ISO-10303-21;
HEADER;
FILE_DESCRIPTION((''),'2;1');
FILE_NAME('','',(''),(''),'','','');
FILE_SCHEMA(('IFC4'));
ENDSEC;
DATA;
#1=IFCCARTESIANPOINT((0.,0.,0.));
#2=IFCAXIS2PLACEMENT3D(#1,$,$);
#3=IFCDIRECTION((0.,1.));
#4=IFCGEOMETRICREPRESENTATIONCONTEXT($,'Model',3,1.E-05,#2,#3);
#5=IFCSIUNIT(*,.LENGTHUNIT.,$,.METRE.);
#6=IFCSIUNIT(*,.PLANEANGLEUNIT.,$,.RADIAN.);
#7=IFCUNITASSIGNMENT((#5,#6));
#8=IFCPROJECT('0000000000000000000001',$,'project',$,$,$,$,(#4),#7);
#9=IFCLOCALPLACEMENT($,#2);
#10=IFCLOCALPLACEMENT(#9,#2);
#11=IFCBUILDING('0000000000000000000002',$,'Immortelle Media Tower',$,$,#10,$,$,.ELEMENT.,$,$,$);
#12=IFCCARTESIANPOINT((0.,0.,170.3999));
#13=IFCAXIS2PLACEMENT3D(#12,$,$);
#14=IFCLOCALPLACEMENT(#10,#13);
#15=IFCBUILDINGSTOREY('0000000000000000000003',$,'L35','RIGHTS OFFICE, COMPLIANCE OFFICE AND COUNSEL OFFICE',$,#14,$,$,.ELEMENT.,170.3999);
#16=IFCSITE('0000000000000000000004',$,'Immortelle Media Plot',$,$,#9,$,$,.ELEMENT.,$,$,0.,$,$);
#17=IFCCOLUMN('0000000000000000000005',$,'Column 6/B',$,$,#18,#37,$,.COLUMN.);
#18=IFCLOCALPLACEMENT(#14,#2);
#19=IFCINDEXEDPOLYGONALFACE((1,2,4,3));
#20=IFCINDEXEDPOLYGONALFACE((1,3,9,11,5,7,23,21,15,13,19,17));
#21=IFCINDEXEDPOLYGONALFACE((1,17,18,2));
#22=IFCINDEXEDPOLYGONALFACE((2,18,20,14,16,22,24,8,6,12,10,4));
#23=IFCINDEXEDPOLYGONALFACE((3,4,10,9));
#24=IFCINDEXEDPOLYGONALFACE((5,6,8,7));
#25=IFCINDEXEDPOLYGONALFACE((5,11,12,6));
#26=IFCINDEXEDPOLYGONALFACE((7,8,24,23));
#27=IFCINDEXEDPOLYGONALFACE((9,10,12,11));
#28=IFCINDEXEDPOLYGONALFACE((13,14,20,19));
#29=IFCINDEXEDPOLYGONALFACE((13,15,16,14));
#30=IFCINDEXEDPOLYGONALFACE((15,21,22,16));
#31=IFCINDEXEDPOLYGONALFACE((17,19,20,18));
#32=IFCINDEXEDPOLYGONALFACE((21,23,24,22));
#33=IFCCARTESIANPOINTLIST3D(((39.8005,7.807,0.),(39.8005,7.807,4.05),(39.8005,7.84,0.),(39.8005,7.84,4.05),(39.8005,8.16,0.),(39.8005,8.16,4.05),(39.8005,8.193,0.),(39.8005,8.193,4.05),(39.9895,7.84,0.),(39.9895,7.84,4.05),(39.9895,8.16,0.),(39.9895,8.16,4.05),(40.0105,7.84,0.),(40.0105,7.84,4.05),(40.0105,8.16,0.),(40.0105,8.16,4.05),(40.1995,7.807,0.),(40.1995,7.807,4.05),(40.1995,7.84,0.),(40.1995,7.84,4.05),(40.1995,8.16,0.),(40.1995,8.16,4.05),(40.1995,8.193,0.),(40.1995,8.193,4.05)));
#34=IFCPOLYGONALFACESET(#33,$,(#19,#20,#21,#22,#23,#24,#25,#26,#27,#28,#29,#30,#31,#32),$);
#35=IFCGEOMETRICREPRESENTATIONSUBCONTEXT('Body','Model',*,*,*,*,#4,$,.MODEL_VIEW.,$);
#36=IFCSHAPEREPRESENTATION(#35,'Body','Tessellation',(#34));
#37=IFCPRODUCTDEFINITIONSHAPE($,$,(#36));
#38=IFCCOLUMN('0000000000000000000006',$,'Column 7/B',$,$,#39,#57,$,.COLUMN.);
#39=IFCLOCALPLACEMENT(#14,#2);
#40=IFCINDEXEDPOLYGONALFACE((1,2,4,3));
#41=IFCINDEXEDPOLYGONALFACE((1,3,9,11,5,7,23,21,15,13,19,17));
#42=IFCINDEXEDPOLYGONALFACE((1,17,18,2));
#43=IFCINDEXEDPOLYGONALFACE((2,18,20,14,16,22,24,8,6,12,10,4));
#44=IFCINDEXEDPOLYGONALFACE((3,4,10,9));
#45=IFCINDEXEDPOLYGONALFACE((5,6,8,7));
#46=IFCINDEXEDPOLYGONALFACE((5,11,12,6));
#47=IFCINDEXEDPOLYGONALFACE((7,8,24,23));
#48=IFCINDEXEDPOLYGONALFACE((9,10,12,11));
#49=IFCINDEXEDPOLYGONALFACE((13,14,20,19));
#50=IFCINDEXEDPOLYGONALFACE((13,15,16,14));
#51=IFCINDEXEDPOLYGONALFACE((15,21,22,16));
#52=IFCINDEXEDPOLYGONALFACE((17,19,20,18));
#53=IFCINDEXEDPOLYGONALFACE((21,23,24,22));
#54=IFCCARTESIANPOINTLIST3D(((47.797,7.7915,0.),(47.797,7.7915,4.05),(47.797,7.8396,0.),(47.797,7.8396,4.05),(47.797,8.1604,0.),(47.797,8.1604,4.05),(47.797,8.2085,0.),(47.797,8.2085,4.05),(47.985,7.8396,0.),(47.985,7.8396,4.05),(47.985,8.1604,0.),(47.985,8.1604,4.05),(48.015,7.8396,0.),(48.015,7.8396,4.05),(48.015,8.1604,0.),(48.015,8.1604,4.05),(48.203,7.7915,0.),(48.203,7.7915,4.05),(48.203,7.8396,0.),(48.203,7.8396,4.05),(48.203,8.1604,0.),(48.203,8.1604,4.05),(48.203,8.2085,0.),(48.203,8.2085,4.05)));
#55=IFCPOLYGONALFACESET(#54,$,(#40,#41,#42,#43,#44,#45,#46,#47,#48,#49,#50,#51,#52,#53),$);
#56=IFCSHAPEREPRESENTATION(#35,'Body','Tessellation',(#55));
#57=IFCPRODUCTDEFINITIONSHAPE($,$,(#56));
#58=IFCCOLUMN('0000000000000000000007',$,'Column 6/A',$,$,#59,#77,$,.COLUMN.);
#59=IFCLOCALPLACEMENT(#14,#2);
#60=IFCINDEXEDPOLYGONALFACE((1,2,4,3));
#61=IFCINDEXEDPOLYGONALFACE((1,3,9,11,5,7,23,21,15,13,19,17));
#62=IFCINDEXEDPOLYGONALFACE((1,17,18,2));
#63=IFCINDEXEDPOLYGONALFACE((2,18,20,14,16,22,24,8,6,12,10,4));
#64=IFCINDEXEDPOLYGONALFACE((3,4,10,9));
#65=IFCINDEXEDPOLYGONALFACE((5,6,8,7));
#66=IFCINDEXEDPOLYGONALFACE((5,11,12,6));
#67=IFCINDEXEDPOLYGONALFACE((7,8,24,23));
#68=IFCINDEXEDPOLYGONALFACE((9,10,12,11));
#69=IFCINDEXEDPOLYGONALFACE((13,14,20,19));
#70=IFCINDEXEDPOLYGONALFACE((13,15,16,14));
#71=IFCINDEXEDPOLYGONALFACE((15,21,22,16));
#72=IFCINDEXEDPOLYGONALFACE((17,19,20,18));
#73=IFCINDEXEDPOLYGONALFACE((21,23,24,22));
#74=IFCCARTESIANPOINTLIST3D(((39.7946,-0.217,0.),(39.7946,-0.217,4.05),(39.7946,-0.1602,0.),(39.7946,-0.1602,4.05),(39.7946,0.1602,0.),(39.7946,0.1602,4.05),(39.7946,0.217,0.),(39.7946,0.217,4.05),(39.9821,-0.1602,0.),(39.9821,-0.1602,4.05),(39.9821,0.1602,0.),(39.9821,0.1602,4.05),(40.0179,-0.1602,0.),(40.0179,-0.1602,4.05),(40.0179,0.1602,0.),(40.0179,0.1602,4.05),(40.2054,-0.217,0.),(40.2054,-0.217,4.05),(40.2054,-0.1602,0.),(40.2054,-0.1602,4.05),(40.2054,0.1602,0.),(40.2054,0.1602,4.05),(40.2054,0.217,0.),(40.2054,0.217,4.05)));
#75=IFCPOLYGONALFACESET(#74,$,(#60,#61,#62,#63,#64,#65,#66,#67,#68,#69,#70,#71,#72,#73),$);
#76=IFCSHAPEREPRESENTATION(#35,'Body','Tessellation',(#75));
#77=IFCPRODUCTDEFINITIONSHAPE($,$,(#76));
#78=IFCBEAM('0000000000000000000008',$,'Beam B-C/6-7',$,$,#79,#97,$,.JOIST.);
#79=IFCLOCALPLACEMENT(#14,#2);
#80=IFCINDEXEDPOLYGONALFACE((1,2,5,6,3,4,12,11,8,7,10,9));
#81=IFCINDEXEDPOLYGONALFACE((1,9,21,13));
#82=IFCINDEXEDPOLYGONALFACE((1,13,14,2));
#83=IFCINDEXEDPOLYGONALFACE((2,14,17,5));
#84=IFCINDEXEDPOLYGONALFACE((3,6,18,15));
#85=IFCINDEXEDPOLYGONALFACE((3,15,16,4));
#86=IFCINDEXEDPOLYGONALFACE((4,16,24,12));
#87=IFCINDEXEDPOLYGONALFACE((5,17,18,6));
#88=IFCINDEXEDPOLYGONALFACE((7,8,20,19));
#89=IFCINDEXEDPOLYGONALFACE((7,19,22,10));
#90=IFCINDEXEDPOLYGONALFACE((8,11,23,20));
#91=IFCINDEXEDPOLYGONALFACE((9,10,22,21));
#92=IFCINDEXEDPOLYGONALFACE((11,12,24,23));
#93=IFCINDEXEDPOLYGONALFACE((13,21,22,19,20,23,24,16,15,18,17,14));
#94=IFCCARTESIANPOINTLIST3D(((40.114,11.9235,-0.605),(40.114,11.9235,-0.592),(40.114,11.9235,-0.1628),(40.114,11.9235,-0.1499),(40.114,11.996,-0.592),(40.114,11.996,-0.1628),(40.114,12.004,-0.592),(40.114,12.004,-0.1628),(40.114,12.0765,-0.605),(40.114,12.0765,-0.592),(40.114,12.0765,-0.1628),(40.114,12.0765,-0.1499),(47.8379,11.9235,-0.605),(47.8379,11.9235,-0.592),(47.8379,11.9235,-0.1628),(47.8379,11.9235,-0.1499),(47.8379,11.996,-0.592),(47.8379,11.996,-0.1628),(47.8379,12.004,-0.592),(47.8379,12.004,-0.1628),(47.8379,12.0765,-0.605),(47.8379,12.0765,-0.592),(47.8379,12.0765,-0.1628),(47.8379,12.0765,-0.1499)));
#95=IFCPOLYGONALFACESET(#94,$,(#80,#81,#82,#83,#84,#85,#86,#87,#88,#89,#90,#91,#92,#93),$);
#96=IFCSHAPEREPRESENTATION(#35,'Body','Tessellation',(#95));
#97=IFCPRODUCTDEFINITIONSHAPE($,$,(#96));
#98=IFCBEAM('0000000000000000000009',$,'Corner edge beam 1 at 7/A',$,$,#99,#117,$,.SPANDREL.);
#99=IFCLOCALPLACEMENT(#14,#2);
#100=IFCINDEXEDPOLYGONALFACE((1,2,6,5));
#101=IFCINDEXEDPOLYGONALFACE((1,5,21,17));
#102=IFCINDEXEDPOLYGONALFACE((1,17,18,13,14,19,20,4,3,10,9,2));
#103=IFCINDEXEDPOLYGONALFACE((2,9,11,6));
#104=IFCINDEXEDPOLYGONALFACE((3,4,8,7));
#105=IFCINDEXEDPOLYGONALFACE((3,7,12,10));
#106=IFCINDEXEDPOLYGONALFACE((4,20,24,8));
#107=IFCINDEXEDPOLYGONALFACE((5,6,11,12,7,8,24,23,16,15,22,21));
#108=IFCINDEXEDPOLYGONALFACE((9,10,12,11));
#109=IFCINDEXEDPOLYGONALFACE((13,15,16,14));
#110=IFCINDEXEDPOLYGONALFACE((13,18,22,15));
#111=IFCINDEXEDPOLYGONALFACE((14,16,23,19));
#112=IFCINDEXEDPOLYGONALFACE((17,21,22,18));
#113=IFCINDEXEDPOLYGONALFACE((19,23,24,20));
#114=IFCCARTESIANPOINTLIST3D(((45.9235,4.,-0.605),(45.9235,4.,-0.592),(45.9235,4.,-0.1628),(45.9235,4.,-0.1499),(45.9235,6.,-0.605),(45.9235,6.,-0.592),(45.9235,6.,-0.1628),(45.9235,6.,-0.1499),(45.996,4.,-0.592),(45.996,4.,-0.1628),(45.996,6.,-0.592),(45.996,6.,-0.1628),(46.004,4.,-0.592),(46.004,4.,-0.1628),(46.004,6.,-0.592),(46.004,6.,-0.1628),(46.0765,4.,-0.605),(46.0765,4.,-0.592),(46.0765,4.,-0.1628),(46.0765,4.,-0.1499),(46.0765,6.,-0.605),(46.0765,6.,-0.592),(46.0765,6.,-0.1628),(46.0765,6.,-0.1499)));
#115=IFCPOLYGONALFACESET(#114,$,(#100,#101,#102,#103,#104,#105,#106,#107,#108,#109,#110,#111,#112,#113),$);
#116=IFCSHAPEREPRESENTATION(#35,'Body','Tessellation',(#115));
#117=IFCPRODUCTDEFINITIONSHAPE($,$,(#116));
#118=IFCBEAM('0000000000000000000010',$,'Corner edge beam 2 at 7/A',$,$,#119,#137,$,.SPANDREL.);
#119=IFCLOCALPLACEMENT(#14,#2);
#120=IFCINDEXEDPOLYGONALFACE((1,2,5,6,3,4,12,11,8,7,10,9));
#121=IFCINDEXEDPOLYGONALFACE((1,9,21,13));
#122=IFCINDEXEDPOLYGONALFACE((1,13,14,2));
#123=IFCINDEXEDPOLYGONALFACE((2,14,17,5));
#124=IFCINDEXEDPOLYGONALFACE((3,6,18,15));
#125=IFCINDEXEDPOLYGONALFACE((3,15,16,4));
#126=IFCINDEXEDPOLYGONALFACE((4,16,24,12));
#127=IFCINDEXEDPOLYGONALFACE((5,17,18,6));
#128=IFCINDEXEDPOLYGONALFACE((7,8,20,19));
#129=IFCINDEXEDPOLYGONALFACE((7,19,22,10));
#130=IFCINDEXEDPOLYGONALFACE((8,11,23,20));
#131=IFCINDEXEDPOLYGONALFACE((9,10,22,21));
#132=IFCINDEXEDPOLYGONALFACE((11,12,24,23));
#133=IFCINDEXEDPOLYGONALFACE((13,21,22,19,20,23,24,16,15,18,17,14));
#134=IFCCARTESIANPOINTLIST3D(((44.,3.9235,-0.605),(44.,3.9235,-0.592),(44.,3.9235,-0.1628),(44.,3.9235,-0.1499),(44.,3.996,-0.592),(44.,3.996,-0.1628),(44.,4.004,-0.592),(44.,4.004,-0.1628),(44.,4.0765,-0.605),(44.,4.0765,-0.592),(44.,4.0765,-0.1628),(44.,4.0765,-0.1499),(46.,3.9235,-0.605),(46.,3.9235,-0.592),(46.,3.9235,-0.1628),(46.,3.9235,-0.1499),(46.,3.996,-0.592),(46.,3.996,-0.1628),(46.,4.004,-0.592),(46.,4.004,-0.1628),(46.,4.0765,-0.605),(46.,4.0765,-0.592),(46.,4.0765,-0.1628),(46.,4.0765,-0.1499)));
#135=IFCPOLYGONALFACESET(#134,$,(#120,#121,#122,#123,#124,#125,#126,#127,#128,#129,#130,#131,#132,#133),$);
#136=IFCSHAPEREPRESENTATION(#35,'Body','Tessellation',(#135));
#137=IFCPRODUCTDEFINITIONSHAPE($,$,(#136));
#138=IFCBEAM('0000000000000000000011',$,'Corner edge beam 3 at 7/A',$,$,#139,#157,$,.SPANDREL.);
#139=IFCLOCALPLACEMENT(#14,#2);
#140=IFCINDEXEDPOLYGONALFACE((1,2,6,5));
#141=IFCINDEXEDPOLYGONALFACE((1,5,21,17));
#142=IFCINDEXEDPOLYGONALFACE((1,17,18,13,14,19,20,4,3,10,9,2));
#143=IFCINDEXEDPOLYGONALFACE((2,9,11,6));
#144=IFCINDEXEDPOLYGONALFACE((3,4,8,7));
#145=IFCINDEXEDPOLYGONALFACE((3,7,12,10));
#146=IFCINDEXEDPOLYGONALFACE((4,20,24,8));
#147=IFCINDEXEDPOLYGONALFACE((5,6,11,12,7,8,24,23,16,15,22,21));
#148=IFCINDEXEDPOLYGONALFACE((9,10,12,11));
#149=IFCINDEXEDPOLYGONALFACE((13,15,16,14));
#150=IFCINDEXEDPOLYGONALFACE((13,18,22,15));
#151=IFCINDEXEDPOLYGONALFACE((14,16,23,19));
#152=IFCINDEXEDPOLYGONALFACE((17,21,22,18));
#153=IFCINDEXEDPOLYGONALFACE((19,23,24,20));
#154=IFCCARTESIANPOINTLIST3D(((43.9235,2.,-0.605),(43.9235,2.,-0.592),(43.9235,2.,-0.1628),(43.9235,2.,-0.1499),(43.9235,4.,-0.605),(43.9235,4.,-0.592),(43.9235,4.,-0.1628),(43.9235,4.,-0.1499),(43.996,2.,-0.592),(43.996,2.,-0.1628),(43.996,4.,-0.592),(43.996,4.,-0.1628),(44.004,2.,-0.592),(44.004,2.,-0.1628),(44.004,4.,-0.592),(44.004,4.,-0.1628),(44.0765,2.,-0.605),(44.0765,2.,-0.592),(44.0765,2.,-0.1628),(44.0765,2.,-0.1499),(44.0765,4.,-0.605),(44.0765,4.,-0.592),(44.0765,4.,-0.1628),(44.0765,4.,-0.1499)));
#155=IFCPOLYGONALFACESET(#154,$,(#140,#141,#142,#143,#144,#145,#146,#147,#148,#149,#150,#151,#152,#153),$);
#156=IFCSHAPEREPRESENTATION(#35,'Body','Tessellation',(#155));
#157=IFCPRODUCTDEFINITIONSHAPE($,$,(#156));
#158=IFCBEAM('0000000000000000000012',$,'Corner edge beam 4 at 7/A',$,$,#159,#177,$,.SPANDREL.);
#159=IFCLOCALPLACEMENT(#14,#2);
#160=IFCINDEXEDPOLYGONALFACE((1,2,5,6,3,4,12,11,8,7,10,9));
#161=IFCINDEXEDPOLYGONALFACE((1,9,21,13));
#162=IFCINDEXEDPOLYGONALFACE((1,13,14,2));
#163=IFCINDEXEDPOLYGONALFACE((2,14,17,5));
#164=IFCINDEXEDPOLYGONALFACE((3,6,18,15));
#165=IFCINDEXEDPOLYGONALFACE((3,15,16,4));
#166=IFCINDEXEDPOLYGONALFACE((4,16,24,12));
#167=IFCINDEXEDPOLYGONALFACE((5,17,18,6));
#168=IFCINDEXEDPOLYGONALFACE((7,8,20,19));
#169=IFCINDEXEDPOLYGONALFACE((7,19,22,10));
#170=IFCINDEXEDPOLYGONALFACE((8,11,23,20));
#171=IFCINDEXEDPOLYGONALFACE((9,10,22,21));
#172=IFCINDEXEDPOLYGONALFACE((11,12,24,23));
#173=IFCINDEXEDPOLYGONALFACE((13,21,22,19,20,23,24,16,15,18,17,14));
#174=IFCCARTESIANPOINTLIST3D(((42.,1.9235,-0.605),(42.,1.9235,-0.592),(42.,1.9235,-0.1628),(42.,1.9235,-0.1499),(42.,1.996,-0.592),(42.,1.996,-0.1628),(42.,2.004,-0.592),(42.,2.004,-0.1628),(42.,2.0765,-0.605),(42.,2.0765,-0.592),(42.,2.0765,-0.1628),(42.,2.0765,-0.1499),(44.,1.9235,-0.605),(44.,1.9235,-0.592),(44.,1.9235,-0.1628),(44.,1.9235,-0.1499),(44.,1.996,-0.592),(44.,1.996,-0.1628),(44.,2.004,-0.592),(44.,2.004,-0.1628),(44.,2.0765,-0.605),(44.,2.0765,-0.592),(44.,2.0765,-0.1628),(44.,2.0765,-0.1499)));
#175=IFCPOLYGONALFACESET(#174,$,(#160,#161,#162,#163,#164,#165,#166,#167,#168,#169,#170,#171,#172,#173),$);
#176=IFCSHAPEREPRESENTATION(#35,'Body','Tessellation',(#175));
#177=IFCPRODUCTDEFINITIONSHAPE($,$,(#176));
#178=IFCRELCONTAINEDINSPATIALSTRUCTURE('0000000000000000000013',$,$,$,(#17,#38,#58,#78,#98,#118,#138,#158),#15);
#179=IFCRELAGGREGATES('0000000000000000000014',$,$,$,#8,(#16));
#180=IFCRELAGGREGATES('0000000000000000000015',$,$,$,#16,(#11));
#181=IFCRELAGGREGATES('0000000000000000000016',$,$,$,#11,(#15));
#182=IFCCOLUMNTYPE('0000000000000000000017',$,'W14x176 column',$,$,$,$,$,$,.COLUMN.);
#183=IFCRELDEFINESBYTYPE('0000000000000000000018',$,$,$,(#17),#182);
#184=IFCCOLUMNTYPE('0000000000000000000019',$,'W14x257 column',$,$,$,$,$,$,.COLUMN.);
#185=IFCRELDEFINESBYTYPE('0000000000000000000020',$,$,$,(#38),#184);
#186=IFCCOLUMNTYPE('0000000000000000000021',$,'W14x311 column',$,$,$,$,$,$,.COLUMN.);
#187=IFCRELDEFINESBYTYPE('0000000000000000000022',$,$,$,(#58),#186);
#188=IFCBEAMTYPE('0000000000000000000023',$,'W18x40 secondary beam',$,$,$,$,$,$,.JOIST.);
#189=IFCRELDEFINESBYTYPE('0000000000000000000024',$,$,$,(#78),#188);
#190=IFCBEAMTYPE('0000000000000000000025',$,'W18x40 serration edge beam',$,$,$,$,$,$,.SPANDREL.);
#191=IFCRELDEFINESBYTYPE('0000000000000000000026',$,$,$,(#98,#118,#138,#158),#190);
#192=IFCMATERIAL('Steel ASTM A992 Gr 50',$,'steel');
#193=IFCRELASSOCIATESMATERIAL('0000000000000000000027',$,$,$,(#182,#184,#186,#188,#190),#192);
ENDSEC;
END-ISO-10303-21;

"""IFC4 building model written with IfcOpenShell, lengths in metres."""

from ifc_helpers import new_model, si_unit, direction, frame, origin, origin_2d, place, context, subcontext, project, spatial, i_section, extrude, material, material_profile, profile_set, type_object, element, save


model = new_model("IFC4")

# Units and contexts
model_context = context("Model", 3, precision=1e-05, world=origin(), true_north=direction((0.0, 1.0)))
body_context = subcontext(model_context, "Body", "Model", "MODEL_VIEW")
ifc_project = project(units=[si_unit("LENGTHUNIT", "METRE"), si_unit("PLANEANGLEUNIT", "RADIAN")], contexts=[model_context])

# Site, building, storey
site_placement = place(None, origin())
site = spatial("IfcSite", under=ifc_project, at=site_placement, Name="Immortelle Media Plot", CompositionType="ELEMENT", RefElevation=0.0)
building_placement = place(site_placement, origin())
building = spatial("IfcBuilding", under=site, at=building_placement, Name="Immortelle Media Tower", CompositionType="ELEMENT")
storey_placement = place(building_placement, frame((0.0, 0.0, 170.3999)))
storey = spatial("IfcBuildingStorey", under=building, at=storey_placement, Name="L35", Description="RIGHTS OFFICE, COMPLIANCE OFFICE AND COUNSEL OFFICE", CompositionType="ELEMENT", Elevation=170.3999)

# Columns
ifc_material_1 = material(Name="Steel ASTM A992 Gr 50", Category="steel")
ifc_material_profile_1 = material_profile(ifc_material_1, i_section(OverallWidth=0.3989, OverallDepth=0.386, WebThickness=0.021, FlangeThickness=0.033, at=origin_2d()), Name="W14x176")
ifc_profile_set_1 = profile_set([ifc_material_profile_1], Name="Steel ASTM A992 Gr 50")
column_type_1 = type_object("IfcColumnType", Name="W14x176 column", PredefinedType="COLUMN", material=ifc_profile_set_1)
column_1_placement = place(storey_placement, frame((40.0, 8.0, 0.0), z_axis=(0.0, 0.0, 1.0), x_axis=(1.0, 0.0, 0.0)))
element("IfcColumn", 1, at=column_1_placement, inside=storey, type_object=column_type_1, Name="Column 6/B", PredefinedType="COLUMN", context=body_context, shape_type="SweptSolid", body=[
    extrude(i_section(OverallWidth=0.3989, OverallDepth=0.386, WebThickness=0.021, FlangeThickness=0.033, at=origin_2d()), origin(), (0.0, 0.0, 1.0), 4.05),
])
ifc_material_profile_2 = material_profile(ifc_material_1, i_section(OverallWidth=0.406, OverallDepth=0.417, WebThickness=0.03, FlangeThickness=0.0481, at=origin_2d()), Name="W14x257")
ifc_profile_set_2 = profile_set([ifc_material_profile_2], Name="Steel ASTM A992 Gr 50")
column_type_2 = type_object("IfcColumnType", Name="W14x257 column", PredefinedType="COLUMN", material=ifc_profile_set_2)
column_2_placement = place(storey_placement, frame((48.0, 8.0, 0.0), z_axis=(0.0, 0.0, 1.0), x_axis=(1.0, 0.0, 0.0)))
element("IfcColumn", 2, at=column_2_placement, inside=storey, type_object=column_type_2, Name="Column 7/B", PredefinedType="COLUMN", context=body_context, shape_type="SweptSolid", body=[
    extrude(i_section(OverallWidth=0.406, OverallDepth=0.417, WebThickness=0.03, FlangeThickness=0.0481, at=origin_2d()), origin(), (0.0, 0.0, 1.0), 4.05),
])
ifc_material_profile_3 = material_profile(ifc_material_1, i_section(OverallWidth=0.4109, OverallDepth=0.4341, WebThickness=0.0359, FlangeThickness=0.0569, at=origin_2d()), Name="W14x311")
ifc_profile_set_3 = profile_set([ifc_material_profile_3], Name="Steel ASTM A992 Gr 50")
column_type_3 = type_object("IfcColumnType", Name="W14x311 column", PredefinedType="COLUMN", material=ifc_profile_set_3)
column_3_placement = place(storey_placement, frame((40.0, 0.0, 0.0), z_axis=(0.0, 0.0, 1.0), x_axis=(1.0, 0.0, 0.0)))
element("IfcColumn", 3, at=column_3_placement, inside=storey, type_object=column_type_3, Name="Column 6/A", PredefinedType="COLUMN", context=body_context, shape_type="SweptSolid", body=[
    extrude(i_section(OverallWidth=0.4109, OverallDepth=0.4341, WebThickness=0.0359, FlangeThickness=0.0569, at=origin_2d()), origin(), (0.0, 0.0, 1.0), 4.05),
])

# Beams
ifc_material_profile_4 = material_profile(ifc_material_1, i_section(OverallWidth=0.1531, OverallDepth=0.4551, WebThickness=0.0081, FlangeThickness=0.0129, at=origin_2d()), Name="W18x40")
ifc_profile_set_4 = profile_set([ifc_material_profile_4], Name="Steel ASTM A992 Gr 50")
beam_type_1 = type_object("IfcBeamType", Name="W18x40 secondary beam", PredefinedType="JOIST", material=ifc_profile_set_4)
beam_1_placement = place(storey_placement, frame((40.114, 12.0, -0.3774), z_axis=(1.0, 0.0, 0.0), x_axis=(0.0, 1.0, 0.0)))
element("IfcBeam", 4, at=beam_1_placement, inside=storey, type_object=beam_type_1, Name="Beam B-C/6-7", PredefinedType="JOIST", context=body_context, shape_type="SweptSolid", body=[
    extrude(i_section(OverallWidth=0.1531, OverallDepth=0.4551, WebThickness=0.0081, FlangeThickness=0.0129, at=origin_2d()), origin(), (0.0, 0.0, 1.0), 7.7239),
])
ifc_material_profile_5 = material_profile(ifc_material_1, i_section(OverallWidth=0.1531, OverallDepth=0.4551, WebThickness=0.0081, FlangeThickness=0.0129, at=origin_2d()), Name="W18x40")
ifc_profile_set_5 = profile_set([ifc_material_profile_5], Name="Steel ASTM A992 Gr 50")
beam_type_2 = type_object("IfcBeamType", Name="W18x40 serration edge beam", PredefinedType="SPANDREL", material=ifc_profile_set_5)
for number, where, z_axis, x_axis, name in (
    (5, (46.0, 6.0, -0.3774), (0.0, -1.0, 0.0), (1.0, 0.0, 0.0), "Corner edge beam 1 at 7/A"),
    (6, (46.0, 4.0, -0.3774), (-1.0, 0.0, 0.0), (0.0, -1.0, 0.0), "Corner edge beam 2 at 7/A"),
    (7, (44.0, 4.0, -0.3774), (0.0, -1.0, 0.0), (1.0, 0.0, 0.0), "Corner edge beam 3 at 7/A"),
    (8, (44.0, 2.0, -0.3774), (-1.0, 0.0, 0.0), (0.0, -1.0, 0.0), "Corner edge beam 4 at 7/A"),
):
    element("IfcBeam", number, at=place(storey_placement, frame(where, z_axis=z_axis, x_axis=x_axis)), inside=storey, type_object=beam_type_2, Name=name, PredefinedType="SPANDREL", context=body_context, shape_type="SweptSolid", body=[
        extrude(i_section(OverallWidth=0.1531, OverallDepth=0.4551, WebThickness=0.0081, FlangeThickness=0.0129, at=origin_2d()), origin(), (0.0, 0.0, 1.0), 2.0),
    ])

save(model, "model.ifc")
